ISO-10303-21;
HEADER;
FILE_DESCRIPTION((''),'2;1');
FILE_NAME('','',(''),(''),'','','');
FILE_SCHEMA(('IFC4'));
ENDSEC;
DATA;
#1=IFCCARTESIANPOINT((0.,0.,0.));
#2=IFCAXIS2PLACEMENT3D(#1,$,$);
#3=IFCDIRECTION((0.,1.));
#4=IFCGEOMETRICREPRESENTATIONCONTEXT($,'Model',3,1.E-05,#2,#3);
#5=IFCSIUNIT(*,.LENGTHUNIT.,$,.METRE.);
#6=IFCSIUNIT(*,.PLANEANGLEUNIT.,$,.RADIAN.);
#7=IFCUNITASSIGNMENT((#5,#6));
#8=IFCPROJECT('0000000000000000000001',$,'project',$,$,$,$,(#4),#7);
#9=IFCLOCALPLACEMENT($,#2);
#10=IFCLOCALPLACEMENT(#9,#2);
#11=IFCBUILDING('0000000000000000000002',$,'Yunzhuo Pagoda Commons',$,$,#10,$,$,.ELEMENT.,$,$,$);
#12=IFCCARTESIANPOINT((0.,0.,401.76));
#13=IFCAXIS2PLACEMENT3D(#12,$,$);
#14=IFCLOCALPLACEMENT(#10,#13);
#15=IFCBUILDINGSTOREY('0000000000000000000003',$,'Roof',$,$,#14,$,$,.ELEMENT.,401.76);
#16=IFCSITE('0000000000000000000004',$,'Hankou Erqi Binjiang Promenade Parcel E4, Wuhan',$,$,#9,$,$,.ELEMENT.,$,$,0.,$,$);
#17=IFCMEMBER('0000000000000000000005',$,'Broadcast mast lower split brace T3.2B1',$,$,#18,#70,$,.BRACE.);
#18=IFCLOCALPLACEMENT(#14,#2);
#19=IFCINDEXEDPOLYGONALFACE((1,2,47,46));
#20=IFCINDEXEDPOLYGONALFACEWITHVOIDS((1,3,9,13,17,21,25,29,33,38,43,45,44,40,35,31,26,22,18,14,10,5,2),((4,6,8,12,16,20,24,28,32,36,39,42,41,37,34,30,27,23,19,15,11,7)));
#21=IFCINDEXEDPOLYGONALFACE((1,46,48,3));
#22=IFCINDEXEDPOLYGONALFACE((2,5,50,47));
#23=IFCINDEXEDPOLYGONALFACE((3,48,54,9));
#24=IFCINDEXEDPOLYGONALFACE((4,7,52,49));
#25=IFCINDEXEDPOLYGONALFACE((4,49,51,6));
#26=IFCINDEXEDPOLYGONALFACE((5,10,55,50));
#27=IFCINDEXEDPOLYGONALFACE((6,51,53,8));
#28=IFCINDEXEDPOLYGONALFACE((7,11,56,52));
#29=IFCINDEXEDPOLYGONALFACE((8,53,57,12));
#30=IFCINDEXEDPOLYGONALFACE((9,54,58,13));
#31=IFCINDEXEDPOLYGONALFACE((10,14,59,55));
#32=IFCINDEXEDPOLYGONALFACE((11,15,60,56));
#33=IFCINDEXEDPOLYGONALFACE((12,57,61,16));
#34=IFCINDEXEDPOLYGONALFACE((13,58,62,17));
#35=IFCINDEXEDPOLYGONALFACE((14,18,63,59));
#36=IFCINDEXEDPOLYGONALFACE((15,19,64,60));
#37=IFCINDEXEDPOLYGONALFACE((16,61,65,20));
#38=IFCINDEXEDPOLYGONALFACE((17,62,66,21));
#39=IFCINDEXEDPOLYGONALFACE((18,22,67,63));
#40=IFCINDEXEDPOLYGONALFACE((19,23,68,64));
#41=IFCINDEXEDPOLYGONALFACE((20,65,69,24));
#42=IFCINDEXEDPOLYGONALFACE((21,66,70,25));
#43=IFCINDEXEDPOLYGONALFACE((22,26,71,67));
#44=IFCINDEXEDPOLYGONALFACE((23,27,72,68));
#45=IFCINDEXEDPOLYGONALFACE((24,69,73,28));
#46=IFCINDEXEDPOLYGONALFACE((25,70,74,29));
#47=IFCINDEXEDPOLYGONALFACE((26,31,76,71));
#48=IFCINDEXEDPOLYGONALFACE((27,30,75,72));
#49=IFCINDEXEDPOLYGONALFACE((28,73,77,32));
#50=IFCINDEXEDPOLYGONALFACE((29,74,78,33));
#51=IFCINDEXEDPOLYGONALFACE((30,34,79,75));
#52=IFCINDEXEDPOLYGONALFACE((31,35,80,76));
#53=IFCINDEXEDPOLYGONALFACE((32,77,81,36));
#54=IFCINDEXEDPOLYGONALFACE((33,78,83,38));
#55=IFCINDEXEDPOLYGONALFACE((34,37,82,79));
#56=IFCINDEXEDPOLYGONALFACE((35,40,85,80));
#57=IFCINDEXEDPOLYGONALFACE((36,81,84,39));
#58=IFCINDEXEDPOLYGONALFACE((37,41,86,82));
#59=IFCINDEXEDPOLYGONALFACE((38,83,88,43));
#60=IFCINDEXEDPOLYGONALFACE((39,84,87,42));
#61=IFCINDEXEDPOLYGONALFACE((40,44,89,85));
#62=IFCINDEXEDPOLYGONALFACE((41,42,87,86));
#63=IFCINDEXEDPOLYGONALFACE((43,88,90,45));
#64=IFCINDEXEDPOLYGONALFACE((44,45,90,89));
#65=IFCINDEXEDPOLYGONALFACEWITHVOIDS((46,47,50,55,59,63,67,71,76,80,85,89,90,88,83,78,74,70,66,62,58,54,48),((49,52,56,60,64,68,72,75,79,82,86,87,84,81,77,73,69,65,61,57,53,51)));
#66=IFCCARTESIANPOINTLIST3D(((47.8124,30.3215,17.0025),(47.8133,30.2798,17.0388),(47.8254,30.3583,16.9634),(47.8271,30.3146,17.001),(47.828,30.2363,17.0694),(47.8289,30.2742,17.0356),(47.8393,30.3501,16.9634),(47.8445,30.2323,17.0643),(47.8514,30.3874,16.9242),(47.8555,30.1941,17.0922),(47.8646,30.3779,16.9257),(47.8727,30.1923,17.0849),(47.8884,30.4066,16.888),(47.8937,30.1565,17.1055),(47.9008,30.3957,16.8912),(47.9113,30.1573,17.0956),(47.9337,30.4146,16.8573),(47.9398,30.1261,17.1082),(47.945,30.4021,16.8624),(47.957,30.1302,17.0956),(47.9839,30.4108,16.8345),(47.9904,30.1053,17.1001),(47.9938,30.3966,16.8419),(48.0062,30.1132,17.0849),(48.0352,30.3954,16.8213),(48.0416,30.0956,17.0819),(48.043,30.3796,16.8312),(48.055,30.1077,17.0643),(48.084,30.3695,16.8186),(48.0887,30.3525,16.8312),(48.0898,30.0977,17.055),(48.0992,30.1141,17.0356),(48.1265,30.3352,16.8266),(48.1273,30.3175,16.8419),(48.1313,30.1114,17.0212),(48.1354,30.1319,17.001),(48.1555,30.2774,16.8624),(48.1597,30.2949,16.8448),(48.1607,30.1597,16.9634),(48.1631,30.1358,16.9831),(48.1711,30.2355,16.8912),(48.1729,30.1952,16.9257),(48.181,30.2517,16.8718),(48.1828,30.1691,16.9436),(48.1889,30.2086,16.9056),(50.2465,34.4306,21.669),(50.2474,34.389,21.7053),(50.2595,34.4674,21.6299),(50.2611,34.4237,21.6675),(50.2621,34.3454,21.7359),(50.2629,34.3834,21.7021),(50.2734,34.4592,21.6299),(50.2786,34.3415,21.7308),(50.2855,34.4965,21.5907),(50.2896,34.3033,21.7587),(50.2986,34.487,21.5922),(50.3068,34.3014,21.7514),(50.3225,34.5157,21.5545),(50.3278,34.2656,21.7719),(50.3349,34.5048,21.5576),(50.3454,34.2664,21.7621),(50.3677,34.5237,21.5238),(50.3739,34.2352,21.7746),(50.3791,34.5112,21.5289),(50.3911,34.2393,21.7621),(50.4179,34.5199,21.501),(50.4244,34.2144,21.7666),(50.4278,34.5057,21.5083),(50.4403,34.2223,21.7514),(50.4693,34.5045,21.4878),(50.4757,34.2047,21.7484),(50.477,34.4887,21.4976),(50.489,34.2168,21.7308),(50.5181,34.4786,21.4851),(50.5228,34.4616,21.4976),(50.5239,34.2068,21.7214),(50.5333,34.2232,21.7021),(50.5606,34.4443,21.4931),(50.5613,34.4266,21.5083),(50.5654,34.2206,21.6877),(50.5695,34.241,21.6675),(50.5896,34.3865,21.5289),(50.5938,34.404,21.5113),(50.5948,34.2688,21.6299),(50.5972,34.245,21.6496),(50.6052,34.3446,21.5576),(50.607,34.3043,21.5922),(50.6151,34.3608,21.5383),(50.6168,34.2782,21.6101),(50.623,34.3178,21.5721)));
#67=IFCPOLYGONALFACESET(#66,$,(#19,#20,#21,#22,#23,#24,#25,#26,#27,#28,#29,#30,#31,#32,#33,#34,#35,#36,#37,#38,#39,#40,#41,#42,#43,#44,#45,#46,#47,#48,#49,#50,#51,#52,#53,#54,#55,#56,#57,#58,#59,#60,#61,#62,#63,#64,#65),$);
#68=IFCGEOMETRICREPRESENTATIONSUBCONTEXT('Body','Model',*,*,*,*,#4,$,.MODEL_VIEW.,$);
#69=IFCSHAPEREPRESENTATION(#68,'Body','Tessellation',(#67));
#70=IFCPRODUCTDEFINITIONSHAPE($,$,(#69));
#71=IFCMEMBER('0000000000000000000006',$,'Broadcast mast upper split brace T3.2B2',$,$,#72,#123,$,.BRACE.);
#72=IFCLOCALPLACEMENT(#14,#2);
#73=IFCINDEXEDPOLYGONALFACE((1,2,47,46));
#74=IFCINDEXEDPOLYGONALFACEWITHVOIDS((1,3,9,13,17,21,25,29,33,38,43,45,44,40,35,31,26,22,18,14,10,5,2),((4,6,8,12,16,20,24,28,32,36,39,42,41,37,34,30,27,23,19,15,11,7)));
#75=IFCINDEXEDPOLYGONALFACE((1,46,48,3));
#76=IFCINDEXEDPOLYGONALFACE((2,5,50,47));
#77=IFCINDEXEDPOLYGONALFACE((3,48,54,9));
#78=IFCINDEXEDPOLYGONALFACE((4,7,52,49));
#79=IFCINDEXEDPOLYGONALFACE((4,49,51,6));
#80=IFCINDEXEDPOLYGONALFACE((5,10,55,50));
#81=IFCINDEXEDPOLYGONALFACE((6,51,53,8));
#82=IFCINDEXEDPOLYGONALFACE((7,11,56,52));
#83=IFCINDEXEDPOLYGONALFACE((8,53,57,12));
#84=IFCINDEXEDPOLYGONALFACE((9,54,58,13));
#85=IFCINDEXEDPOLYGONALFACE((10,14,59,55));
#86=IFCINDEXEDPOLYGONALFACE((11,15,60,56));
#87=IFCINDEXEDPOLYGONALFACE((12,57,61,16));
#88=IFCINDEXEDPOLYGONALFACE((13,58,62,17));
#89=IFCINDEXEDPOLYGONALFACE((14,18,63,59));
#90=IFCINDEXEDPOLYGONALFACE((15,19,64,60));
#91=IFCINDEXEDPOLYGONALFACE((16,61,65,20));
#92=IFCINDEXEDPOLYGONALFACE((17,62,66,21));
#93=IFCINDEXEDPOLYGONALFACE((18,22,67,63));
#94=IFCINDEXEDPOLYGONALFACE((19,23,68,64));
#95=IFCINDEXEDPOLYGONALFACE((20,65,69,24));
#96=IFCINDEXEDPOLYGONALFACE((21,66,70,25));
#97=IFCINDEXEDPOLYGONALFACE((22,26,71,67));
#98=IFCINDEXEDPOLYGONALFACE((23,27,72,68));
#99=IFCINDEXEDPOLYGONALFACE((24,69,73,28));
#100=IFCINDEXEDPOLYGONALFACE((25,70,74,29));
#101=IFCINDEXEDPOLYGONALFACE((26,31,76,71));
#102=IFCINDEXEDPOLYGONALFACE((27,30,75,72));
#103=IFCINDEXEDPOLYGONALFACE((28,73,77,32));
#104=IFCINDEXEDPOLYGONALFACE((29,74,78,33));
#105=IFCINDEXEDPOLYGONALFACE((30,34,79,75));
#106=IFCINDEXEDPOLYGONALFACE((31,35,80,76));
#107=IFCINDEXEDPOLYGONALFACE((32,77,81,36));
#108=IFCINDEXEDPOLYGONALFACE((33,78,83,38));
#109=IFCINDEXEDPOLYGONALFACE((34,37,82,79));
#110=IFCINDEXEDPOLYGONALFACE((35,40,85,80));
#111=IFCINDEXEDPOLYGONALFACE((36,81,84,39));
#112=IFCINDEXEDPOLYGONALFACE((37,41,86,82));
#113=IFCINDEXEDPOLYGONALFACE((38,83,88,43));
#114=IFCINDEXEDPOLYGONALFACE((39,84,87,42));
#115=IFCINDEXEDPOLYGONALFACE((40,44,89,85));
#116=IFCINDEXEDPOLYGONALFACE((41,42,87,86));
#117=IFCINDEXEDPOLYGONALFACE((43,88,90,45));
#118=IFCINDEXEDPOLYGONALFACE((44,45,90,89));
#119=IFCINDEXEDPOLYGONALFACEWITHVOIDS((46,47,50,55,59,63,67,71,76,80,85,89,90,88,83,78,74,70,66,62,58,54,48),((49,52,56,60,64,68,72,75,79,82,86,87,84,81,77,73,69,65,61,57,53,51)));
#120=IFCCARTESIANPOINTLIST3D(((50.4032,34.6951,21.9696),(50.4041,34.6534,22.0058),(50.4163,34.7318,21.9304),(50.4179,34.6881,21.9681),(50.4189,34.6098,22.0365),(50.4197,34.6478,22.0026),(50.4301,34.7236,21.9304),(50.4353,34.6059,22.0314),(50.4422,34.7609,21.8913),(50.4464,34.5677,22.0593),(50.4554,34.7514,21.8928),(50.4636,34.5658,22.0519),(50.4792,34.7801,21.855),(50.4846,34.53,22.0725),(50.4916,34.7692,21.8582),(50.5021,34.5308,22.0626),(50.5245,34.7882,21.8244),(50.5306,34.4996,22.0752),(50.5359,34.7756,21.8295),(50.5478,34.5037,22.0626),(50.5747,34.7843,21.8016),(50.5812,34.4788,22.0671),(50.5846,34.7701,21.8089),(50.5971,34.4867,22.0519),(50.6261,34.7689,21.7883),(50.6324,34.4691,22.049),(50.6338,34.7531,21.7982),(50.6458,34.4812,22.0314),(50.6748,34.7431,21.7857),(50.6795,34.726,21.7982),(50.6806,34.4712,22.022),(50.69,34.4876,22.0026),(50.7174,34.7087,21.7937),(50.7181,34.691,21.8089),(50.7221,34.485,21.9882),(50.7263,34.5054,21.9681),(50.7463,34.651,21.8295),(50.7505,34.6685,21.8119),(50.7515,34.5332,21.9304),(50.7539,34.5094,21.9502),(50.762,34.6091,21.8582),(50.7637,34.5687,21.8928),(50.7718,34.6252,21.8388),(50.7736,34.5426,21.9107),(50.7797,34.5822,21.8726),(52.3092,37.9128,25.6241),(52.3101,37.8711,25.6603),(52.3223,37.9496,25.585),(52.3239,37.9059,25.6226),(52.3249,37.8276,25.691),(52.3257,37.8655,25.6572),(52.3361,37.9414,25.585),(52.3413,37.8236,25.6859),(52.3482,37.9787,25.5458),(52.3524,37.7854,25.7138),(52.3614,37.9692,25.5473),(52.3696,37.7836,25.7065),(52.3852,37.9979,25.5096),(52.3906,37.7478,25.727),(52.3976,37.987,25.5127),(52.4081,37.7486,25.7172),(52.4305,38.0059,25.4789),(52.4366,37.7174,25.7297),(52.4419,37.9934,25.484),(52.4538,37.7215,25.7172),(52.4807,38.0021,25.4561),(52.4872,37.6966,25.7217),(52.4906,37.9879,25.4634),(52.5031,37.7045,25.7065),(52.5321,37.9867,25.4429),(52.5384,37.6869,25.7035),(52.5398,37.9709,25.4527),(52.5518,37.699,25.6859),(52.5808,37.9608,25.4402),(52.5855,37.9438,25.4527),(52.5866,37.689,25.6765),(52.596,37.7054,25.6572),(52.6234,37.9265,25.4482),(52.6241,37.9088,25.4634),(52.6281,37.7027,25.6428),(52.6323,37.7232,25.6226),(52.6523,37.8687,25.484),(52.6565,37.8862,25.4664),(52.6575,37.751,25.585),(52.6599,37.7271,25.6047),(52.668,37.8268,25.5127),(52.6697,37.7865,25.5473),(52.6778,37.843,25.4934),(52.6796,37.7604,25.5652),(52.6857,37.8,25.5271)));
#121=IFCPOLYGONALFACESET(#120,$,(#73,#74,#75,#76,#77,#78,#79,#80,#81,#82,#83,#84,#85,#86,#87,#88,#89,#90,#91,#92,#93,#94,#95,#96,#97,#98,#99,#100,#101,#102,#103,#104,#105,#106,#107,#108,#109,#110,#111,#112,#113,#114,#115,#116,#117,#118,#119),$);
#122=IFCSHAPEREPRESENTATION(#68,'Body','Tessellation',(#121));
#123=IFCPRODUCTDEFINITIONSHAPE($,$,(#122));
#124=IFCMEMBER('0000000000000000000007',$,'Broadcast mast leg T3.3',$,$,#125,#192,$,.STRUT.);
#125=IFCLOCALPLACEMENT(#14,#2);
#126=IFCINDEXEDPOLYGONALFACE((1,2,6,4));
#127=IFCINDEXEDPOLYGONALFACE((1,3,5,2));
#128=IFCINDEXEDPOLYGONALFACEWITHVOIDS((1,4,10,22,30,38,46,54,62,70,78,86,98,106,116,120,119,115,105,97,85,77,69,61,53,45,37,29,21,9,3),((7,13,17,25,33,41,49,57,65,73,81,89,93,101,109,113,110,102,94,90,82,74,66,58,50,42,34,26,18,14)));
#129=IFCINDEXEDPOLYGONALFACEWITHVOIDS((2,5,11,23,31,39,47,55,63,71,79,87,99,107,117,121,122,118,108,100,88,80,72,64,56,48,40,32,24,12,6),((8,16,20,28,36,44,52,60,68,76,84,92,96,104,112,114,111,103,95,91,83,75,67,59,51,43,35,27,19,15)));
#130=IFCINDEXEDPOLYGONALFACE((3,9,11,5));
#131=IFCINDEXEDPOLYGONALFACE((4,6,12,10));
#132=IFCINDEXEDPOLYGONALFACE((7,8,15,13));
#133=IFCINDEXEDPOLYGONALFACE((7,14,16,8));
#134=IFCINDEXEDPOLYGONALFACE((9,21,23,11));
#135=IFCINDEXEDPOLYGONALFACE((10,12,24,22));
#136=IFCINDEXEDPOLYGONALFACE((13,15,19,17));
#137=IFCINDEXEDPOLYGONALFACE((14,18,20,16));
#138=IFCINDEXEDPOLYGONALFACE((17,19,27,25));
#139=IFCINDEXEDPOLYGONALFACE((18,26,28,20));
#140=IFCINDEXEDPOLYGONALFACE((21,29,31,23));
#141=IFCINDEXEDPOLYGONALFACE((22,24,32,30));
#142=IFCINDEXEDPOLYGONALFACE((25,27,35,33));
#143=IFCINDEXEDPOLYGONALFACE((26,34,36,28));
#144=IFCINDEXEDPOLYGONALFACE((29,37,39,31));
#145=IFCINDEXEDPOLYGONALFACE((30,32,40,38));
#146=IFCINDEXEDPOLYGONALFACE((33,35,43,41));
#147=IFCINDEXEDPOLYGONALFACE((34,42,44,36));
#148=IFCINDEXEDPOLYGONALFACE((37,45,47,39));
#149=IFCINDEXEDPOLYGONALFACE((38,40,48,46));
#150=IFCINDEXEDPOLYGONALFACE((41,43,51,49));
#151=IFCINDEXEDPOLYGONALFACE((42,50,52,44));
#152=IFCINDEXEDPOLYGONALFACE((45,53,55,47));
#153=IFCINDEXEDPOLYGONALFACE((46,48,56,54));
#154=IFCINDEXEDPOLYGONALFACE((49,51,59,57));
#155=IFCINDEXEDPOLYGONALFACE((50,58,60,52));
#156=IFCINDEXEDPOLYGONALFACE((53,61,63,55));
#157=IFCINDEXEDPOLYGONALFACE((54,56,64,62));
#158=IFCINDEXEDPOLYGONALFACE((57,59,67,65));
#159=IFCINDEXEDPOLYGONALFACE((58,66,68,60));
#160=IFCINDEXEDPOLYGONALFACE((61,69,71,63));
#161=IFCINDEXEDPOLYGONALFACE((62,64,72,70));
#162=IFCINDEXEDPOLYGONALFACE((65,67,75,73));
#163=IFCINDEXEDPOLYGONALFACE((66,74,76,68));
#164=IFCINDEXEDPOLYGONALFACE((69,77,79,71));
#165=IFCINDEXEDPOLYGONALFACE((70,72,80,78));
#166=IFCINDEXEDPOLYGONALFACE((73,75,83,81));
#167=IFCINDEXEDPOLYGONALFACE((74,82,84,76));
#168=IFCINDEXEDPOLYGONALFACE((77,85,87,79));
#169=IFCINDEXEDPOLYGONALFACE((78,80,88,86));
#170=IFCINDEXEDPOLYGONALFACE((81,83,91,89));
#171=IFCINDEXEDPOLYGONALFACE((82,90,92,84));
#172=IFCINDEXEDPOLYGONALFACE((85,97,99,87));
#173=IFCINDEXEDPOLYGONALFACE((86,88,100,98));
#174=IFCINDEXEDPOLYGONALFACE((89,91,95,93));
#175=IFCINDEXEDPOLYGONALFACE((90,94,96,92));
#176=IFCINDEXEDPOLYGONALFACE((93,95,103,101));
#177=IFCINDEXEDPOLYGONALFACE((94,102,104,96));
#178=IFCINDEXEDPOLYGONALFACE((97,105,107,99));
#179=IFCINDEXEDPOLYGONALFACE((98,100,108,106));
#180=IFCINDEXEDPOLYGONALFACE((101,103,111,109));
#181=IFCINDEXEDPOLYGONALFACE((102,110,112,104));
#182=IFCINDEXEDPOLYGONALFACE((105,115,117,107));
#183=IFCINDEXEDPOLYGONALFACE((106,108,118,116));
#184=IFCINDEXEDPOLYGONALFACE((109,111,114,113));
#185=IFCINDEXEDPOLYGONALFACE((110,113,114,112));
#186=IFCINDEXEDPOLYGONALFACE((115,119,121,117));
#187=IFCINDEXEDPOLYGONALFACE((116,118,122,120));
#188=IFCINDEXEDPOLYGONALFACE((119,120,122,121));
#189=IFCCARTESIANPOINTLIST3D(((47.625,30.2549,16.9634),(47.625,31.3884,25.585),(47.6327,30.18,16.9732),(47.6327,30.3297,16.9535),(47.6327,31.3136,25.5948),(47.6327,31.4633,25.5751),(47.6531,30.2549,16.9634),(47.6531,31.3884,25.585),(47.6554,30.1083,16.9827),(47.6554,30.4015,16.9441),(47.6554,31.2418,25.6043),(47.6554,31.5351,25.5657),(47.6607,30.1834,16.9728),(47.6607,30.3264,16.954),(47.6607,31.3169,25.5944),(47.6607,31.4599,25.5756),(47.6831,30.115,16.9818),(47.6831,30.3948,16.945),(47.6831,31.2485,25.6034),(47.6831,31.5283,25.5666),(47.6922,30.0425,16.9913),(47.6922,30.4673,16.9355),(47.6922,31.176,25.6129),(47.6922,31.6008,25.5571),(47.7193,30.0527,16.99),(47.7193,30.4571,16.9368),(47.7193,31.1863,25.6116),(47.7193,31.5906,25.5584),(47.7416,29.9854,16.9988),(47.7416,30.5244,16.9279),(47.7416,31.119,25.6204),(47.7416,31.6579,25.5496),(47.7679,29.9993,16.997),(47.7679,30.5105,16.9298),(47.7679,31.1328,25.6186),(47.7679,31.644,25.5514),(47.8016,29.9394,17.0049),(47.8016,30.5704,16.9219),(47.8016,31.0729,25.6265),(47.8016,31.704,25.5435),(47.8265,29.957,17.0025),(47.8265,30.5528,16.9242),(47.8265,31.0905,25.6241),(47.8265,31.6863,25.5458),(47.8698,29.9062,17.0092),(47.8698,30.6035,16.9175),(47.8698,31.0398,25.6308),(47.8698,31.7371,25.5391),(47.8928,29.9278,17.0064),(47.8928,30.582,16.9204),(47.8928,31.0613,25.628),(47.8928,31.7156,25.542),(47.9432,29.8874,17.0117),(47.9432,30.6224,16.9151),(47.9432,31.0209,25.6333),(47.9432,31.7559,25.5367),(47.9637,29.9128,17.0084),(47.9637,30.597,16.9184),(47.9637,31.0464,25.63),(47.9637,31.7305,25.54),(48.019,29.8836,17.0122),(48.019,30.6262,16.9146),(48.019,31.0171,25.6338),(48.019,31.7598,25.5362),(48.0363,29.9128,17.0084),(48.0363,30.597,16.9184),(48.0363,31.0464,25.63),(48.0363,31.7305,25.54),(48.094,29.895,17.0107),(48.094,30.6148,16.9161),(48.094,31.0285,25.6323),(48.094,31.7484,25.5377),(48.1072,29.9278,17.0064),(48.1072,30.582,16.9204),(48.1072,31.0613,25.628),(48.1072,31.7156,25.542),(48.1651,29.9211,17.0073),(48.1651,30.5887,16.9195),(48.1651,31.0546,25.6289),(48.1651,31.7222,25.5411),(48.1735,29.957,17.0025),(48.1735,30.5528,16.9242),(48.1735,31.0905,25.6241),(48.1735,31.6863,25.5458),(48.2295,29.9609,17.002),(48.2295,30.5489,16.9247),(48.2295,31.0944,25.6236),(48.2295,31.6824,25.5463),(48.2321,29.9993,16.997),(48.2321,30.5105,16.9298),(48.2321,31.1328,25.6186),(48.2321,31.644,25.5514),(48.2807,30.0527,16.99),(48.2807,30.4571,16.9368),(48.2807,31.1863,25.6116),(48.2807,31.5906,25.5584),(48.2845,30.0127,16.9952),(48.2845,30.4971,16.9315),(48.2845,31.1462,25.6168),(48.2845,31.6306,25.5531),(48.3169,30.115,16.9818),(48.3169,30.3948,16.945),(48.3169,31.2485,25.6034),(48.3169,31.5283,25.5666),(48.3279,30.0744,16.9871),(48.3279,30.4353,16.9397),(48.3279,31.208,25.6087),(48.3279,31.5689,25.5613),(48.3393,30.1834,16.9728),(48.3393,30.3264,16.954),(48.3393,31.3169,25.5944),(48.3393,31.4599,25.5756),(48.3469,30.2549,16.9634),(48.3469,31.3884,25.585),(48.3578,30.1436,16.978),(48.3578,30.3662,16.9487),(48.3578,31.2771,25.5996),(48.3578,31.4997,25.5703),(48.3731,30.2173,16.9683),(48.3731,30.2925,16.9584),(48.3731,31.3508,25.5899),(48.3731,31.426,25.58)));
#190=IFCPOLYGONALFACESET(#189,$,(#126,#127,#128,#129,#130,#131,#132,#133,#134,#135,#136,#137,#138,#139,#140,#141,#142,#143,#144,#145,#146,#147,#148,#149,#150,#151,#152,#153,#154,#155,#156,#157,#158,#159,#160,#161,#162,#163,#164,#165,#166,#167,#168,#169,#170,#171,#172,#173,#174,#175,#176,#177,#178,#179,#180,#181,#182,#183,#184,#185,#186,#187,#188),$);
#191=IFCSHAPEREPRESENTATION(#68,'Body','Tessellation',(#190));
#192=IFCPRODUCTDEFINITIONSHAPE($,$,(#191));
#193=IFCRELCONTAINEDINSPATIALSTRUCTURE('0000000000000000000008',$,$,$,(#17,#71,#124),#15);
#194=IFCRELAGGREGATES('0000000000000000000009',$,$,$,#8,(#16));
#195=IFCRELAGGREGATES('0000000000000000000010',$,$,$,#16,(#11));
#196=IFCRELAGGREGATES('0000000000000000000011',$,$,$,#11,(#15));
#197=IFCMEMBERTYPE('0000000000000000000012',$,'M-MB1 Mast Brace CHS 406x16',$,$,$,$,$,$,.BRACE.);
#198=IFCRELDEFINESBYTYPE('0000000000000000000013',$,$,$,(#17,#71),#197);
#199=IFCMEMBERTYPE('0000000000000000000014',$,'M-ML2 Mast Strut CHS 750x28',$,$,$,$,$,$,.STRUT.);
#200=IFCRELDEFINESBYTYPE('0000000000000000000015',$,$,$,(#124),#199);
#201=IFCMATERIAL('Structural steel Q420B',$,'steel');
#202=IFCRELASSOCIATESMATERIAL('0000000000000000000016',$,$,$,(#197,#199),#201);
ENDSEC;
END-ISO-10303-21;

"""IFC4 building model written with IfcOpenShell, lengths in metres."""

from ifc_helpers import new_model, si_unit, direction, frame, origin, origin_2d, place, context, subcontext, project, spatial, hollow_circle, extrude, source, transform, mapped, material, material_profile, profile_set, type_object, element, save


model = new_model("IFC4")

# Units and contexts
model_context = context("Model", 3, precision=1e-05, world=origin(), true_north=direction((0.0, 1.0)))
body_context = subcontext(model_context, "Body", "Model", "MODEL_VIEW")
ifc_project = project(units=[si_unit("LENGTHUNIT", "METRE"), si_unit("PLANEANGLEUNIT", "RADIAN")], contexts=[model_context])

# Site, building, storey
site_placement = place(None, origin())
site = spatial("IfcSite", under=ifc_project, at=site_placement, Name="Hankou Erqi Binjiang Promenade Parcel E4, Wuhan", CompositionType="ELEMENT", RefElevation=0.0)
building_placement = place(site_placement, origin())
building = spatial("IfcBuilding", under=site, at=building_placement, Name="Yunzhuo Pagoda Commons", CompositionType="ELEMENT")
storey_placement = place(building_placement, frame((0.0, 0.0, 401.76)))
storey = spatial("IfcBuildingStorey", under=building, at=storey_placement, Name="Roof", CompositionType="ELEMENT", Elevation=401.76)

# Members
ifc_material_1 = material(Name="Structural steel Q420B", Category="steel")
ifc_material_profile_1 = material_profile(ifc_material_1, hollow_circle(Radius=0.2029, WallThickness=0.0161, at=origin_2d()), Name="Structural steel Q420B")
ifc_profile_set_1 = profile_set([ifc_material_profile_1], Name="Structural steel Q420B")
member_type_1 = type_object("IfcMemberType", Name="M-MB1 Mast Brace CHS 406x16", PredefinedType="BRACE", material=ifc_profile_set_1)
ifc_material_profile_2 = material_profile(ifc_material_1, hollow_circle(Radius=0.375, WallThickness=0.0281, at=origin_2d()), Name="Structural steel Q420B")
ifc_profile_set_2 = profile_set([ifc_material_profile_2], Name="Structural steel Q420B")
member_type_2 = type_object("IfcMemberType", Name="M-ML2 Mast Strut CHS 750x28", PredefinedType="STRUT", material=ifc_profile_set_2)
shared_shape_1 = source(origin(), body_context, "Body", "SweptSolid", [
    extrude(hollow_circle(Radius=0.2029, WallThickness=0.0161, at=origin_2d()), origin(), (0.0, 0.0, 1.0), 6.6772),
])
member_1_placement = place(storey_placement, frame((48.0, 30.2549, 16.9634), z_axis=(0.364532, 0.615391, 0.698864), x_axis=(-0.86038, 0.509654, 0.0)))
element("IfcMember", 1, at=member_1_placement, inside=storey, type_object=member_type_1, Name="Broadcast mast lower split brace T3.2B1", PredefinedType="BRACE", context=body_context, shape_type="MappedRepresentation", body=[
    mapped(shared_shape_1, transform((0.0, 0.0, 0.0), scale=1.0)),
])
shared_shape_2 = source(origin(), body_context, "Body", "SweptSolid", [
    extrude(hollow_circle(Radius=0.2029, WallThickness=0.0161, at=origin_2d()), origin(), (0.0, 0.0, 1.0), 5.229),
])
member_2_placement = place(storey_placement, frame((50.5908, 34.6284, 21.9304), z_axis=(0.364506, 0.615369, 0.698897), x_axis=(-0.860388, 0.50964, 0.0)))
element("IfcMember", 2, at=member_2_placement, inside=storey, type_object=member_type_1, Name="Broadcast mast upper split brace T3.2B2", PredefinedType="BRACE", context=body_context, shape_type="MappedRepresentation", body=[
    mapped(shared_shape_2, transform((0.0, 0.0, 0.0), scale=1.0)),
])
shared_shape_3 = source(origin(), body_context, "Body", "SweptSolid", [
    extrude(hollow_circle(Radius=0.375, WallThickness=0.0281, at=origin_2d()), origin(), (0.0, 0.0, 1.0), 8.6958),
])
member_3_placement = place(storey_placement, frame((48.0, 30.2549, 16.9634), z_axis=(0.0, 0.130356, 0.991467), x_axis=(-1.0, 0.0, 0.0)))
element("IfcMember", 3, at=member_3_placement, inside=storey, type_object=member_type_2, Name="Broadcast mast leg T3.3", PredefinedType="STRUT", context=body_context, shape_type="MappedRepresentation", body=[
    mapped(shared_shape_3, transform((0.0, 0.0, 0.0), scale=1.0)),
])

save(model, "model.ifc")
